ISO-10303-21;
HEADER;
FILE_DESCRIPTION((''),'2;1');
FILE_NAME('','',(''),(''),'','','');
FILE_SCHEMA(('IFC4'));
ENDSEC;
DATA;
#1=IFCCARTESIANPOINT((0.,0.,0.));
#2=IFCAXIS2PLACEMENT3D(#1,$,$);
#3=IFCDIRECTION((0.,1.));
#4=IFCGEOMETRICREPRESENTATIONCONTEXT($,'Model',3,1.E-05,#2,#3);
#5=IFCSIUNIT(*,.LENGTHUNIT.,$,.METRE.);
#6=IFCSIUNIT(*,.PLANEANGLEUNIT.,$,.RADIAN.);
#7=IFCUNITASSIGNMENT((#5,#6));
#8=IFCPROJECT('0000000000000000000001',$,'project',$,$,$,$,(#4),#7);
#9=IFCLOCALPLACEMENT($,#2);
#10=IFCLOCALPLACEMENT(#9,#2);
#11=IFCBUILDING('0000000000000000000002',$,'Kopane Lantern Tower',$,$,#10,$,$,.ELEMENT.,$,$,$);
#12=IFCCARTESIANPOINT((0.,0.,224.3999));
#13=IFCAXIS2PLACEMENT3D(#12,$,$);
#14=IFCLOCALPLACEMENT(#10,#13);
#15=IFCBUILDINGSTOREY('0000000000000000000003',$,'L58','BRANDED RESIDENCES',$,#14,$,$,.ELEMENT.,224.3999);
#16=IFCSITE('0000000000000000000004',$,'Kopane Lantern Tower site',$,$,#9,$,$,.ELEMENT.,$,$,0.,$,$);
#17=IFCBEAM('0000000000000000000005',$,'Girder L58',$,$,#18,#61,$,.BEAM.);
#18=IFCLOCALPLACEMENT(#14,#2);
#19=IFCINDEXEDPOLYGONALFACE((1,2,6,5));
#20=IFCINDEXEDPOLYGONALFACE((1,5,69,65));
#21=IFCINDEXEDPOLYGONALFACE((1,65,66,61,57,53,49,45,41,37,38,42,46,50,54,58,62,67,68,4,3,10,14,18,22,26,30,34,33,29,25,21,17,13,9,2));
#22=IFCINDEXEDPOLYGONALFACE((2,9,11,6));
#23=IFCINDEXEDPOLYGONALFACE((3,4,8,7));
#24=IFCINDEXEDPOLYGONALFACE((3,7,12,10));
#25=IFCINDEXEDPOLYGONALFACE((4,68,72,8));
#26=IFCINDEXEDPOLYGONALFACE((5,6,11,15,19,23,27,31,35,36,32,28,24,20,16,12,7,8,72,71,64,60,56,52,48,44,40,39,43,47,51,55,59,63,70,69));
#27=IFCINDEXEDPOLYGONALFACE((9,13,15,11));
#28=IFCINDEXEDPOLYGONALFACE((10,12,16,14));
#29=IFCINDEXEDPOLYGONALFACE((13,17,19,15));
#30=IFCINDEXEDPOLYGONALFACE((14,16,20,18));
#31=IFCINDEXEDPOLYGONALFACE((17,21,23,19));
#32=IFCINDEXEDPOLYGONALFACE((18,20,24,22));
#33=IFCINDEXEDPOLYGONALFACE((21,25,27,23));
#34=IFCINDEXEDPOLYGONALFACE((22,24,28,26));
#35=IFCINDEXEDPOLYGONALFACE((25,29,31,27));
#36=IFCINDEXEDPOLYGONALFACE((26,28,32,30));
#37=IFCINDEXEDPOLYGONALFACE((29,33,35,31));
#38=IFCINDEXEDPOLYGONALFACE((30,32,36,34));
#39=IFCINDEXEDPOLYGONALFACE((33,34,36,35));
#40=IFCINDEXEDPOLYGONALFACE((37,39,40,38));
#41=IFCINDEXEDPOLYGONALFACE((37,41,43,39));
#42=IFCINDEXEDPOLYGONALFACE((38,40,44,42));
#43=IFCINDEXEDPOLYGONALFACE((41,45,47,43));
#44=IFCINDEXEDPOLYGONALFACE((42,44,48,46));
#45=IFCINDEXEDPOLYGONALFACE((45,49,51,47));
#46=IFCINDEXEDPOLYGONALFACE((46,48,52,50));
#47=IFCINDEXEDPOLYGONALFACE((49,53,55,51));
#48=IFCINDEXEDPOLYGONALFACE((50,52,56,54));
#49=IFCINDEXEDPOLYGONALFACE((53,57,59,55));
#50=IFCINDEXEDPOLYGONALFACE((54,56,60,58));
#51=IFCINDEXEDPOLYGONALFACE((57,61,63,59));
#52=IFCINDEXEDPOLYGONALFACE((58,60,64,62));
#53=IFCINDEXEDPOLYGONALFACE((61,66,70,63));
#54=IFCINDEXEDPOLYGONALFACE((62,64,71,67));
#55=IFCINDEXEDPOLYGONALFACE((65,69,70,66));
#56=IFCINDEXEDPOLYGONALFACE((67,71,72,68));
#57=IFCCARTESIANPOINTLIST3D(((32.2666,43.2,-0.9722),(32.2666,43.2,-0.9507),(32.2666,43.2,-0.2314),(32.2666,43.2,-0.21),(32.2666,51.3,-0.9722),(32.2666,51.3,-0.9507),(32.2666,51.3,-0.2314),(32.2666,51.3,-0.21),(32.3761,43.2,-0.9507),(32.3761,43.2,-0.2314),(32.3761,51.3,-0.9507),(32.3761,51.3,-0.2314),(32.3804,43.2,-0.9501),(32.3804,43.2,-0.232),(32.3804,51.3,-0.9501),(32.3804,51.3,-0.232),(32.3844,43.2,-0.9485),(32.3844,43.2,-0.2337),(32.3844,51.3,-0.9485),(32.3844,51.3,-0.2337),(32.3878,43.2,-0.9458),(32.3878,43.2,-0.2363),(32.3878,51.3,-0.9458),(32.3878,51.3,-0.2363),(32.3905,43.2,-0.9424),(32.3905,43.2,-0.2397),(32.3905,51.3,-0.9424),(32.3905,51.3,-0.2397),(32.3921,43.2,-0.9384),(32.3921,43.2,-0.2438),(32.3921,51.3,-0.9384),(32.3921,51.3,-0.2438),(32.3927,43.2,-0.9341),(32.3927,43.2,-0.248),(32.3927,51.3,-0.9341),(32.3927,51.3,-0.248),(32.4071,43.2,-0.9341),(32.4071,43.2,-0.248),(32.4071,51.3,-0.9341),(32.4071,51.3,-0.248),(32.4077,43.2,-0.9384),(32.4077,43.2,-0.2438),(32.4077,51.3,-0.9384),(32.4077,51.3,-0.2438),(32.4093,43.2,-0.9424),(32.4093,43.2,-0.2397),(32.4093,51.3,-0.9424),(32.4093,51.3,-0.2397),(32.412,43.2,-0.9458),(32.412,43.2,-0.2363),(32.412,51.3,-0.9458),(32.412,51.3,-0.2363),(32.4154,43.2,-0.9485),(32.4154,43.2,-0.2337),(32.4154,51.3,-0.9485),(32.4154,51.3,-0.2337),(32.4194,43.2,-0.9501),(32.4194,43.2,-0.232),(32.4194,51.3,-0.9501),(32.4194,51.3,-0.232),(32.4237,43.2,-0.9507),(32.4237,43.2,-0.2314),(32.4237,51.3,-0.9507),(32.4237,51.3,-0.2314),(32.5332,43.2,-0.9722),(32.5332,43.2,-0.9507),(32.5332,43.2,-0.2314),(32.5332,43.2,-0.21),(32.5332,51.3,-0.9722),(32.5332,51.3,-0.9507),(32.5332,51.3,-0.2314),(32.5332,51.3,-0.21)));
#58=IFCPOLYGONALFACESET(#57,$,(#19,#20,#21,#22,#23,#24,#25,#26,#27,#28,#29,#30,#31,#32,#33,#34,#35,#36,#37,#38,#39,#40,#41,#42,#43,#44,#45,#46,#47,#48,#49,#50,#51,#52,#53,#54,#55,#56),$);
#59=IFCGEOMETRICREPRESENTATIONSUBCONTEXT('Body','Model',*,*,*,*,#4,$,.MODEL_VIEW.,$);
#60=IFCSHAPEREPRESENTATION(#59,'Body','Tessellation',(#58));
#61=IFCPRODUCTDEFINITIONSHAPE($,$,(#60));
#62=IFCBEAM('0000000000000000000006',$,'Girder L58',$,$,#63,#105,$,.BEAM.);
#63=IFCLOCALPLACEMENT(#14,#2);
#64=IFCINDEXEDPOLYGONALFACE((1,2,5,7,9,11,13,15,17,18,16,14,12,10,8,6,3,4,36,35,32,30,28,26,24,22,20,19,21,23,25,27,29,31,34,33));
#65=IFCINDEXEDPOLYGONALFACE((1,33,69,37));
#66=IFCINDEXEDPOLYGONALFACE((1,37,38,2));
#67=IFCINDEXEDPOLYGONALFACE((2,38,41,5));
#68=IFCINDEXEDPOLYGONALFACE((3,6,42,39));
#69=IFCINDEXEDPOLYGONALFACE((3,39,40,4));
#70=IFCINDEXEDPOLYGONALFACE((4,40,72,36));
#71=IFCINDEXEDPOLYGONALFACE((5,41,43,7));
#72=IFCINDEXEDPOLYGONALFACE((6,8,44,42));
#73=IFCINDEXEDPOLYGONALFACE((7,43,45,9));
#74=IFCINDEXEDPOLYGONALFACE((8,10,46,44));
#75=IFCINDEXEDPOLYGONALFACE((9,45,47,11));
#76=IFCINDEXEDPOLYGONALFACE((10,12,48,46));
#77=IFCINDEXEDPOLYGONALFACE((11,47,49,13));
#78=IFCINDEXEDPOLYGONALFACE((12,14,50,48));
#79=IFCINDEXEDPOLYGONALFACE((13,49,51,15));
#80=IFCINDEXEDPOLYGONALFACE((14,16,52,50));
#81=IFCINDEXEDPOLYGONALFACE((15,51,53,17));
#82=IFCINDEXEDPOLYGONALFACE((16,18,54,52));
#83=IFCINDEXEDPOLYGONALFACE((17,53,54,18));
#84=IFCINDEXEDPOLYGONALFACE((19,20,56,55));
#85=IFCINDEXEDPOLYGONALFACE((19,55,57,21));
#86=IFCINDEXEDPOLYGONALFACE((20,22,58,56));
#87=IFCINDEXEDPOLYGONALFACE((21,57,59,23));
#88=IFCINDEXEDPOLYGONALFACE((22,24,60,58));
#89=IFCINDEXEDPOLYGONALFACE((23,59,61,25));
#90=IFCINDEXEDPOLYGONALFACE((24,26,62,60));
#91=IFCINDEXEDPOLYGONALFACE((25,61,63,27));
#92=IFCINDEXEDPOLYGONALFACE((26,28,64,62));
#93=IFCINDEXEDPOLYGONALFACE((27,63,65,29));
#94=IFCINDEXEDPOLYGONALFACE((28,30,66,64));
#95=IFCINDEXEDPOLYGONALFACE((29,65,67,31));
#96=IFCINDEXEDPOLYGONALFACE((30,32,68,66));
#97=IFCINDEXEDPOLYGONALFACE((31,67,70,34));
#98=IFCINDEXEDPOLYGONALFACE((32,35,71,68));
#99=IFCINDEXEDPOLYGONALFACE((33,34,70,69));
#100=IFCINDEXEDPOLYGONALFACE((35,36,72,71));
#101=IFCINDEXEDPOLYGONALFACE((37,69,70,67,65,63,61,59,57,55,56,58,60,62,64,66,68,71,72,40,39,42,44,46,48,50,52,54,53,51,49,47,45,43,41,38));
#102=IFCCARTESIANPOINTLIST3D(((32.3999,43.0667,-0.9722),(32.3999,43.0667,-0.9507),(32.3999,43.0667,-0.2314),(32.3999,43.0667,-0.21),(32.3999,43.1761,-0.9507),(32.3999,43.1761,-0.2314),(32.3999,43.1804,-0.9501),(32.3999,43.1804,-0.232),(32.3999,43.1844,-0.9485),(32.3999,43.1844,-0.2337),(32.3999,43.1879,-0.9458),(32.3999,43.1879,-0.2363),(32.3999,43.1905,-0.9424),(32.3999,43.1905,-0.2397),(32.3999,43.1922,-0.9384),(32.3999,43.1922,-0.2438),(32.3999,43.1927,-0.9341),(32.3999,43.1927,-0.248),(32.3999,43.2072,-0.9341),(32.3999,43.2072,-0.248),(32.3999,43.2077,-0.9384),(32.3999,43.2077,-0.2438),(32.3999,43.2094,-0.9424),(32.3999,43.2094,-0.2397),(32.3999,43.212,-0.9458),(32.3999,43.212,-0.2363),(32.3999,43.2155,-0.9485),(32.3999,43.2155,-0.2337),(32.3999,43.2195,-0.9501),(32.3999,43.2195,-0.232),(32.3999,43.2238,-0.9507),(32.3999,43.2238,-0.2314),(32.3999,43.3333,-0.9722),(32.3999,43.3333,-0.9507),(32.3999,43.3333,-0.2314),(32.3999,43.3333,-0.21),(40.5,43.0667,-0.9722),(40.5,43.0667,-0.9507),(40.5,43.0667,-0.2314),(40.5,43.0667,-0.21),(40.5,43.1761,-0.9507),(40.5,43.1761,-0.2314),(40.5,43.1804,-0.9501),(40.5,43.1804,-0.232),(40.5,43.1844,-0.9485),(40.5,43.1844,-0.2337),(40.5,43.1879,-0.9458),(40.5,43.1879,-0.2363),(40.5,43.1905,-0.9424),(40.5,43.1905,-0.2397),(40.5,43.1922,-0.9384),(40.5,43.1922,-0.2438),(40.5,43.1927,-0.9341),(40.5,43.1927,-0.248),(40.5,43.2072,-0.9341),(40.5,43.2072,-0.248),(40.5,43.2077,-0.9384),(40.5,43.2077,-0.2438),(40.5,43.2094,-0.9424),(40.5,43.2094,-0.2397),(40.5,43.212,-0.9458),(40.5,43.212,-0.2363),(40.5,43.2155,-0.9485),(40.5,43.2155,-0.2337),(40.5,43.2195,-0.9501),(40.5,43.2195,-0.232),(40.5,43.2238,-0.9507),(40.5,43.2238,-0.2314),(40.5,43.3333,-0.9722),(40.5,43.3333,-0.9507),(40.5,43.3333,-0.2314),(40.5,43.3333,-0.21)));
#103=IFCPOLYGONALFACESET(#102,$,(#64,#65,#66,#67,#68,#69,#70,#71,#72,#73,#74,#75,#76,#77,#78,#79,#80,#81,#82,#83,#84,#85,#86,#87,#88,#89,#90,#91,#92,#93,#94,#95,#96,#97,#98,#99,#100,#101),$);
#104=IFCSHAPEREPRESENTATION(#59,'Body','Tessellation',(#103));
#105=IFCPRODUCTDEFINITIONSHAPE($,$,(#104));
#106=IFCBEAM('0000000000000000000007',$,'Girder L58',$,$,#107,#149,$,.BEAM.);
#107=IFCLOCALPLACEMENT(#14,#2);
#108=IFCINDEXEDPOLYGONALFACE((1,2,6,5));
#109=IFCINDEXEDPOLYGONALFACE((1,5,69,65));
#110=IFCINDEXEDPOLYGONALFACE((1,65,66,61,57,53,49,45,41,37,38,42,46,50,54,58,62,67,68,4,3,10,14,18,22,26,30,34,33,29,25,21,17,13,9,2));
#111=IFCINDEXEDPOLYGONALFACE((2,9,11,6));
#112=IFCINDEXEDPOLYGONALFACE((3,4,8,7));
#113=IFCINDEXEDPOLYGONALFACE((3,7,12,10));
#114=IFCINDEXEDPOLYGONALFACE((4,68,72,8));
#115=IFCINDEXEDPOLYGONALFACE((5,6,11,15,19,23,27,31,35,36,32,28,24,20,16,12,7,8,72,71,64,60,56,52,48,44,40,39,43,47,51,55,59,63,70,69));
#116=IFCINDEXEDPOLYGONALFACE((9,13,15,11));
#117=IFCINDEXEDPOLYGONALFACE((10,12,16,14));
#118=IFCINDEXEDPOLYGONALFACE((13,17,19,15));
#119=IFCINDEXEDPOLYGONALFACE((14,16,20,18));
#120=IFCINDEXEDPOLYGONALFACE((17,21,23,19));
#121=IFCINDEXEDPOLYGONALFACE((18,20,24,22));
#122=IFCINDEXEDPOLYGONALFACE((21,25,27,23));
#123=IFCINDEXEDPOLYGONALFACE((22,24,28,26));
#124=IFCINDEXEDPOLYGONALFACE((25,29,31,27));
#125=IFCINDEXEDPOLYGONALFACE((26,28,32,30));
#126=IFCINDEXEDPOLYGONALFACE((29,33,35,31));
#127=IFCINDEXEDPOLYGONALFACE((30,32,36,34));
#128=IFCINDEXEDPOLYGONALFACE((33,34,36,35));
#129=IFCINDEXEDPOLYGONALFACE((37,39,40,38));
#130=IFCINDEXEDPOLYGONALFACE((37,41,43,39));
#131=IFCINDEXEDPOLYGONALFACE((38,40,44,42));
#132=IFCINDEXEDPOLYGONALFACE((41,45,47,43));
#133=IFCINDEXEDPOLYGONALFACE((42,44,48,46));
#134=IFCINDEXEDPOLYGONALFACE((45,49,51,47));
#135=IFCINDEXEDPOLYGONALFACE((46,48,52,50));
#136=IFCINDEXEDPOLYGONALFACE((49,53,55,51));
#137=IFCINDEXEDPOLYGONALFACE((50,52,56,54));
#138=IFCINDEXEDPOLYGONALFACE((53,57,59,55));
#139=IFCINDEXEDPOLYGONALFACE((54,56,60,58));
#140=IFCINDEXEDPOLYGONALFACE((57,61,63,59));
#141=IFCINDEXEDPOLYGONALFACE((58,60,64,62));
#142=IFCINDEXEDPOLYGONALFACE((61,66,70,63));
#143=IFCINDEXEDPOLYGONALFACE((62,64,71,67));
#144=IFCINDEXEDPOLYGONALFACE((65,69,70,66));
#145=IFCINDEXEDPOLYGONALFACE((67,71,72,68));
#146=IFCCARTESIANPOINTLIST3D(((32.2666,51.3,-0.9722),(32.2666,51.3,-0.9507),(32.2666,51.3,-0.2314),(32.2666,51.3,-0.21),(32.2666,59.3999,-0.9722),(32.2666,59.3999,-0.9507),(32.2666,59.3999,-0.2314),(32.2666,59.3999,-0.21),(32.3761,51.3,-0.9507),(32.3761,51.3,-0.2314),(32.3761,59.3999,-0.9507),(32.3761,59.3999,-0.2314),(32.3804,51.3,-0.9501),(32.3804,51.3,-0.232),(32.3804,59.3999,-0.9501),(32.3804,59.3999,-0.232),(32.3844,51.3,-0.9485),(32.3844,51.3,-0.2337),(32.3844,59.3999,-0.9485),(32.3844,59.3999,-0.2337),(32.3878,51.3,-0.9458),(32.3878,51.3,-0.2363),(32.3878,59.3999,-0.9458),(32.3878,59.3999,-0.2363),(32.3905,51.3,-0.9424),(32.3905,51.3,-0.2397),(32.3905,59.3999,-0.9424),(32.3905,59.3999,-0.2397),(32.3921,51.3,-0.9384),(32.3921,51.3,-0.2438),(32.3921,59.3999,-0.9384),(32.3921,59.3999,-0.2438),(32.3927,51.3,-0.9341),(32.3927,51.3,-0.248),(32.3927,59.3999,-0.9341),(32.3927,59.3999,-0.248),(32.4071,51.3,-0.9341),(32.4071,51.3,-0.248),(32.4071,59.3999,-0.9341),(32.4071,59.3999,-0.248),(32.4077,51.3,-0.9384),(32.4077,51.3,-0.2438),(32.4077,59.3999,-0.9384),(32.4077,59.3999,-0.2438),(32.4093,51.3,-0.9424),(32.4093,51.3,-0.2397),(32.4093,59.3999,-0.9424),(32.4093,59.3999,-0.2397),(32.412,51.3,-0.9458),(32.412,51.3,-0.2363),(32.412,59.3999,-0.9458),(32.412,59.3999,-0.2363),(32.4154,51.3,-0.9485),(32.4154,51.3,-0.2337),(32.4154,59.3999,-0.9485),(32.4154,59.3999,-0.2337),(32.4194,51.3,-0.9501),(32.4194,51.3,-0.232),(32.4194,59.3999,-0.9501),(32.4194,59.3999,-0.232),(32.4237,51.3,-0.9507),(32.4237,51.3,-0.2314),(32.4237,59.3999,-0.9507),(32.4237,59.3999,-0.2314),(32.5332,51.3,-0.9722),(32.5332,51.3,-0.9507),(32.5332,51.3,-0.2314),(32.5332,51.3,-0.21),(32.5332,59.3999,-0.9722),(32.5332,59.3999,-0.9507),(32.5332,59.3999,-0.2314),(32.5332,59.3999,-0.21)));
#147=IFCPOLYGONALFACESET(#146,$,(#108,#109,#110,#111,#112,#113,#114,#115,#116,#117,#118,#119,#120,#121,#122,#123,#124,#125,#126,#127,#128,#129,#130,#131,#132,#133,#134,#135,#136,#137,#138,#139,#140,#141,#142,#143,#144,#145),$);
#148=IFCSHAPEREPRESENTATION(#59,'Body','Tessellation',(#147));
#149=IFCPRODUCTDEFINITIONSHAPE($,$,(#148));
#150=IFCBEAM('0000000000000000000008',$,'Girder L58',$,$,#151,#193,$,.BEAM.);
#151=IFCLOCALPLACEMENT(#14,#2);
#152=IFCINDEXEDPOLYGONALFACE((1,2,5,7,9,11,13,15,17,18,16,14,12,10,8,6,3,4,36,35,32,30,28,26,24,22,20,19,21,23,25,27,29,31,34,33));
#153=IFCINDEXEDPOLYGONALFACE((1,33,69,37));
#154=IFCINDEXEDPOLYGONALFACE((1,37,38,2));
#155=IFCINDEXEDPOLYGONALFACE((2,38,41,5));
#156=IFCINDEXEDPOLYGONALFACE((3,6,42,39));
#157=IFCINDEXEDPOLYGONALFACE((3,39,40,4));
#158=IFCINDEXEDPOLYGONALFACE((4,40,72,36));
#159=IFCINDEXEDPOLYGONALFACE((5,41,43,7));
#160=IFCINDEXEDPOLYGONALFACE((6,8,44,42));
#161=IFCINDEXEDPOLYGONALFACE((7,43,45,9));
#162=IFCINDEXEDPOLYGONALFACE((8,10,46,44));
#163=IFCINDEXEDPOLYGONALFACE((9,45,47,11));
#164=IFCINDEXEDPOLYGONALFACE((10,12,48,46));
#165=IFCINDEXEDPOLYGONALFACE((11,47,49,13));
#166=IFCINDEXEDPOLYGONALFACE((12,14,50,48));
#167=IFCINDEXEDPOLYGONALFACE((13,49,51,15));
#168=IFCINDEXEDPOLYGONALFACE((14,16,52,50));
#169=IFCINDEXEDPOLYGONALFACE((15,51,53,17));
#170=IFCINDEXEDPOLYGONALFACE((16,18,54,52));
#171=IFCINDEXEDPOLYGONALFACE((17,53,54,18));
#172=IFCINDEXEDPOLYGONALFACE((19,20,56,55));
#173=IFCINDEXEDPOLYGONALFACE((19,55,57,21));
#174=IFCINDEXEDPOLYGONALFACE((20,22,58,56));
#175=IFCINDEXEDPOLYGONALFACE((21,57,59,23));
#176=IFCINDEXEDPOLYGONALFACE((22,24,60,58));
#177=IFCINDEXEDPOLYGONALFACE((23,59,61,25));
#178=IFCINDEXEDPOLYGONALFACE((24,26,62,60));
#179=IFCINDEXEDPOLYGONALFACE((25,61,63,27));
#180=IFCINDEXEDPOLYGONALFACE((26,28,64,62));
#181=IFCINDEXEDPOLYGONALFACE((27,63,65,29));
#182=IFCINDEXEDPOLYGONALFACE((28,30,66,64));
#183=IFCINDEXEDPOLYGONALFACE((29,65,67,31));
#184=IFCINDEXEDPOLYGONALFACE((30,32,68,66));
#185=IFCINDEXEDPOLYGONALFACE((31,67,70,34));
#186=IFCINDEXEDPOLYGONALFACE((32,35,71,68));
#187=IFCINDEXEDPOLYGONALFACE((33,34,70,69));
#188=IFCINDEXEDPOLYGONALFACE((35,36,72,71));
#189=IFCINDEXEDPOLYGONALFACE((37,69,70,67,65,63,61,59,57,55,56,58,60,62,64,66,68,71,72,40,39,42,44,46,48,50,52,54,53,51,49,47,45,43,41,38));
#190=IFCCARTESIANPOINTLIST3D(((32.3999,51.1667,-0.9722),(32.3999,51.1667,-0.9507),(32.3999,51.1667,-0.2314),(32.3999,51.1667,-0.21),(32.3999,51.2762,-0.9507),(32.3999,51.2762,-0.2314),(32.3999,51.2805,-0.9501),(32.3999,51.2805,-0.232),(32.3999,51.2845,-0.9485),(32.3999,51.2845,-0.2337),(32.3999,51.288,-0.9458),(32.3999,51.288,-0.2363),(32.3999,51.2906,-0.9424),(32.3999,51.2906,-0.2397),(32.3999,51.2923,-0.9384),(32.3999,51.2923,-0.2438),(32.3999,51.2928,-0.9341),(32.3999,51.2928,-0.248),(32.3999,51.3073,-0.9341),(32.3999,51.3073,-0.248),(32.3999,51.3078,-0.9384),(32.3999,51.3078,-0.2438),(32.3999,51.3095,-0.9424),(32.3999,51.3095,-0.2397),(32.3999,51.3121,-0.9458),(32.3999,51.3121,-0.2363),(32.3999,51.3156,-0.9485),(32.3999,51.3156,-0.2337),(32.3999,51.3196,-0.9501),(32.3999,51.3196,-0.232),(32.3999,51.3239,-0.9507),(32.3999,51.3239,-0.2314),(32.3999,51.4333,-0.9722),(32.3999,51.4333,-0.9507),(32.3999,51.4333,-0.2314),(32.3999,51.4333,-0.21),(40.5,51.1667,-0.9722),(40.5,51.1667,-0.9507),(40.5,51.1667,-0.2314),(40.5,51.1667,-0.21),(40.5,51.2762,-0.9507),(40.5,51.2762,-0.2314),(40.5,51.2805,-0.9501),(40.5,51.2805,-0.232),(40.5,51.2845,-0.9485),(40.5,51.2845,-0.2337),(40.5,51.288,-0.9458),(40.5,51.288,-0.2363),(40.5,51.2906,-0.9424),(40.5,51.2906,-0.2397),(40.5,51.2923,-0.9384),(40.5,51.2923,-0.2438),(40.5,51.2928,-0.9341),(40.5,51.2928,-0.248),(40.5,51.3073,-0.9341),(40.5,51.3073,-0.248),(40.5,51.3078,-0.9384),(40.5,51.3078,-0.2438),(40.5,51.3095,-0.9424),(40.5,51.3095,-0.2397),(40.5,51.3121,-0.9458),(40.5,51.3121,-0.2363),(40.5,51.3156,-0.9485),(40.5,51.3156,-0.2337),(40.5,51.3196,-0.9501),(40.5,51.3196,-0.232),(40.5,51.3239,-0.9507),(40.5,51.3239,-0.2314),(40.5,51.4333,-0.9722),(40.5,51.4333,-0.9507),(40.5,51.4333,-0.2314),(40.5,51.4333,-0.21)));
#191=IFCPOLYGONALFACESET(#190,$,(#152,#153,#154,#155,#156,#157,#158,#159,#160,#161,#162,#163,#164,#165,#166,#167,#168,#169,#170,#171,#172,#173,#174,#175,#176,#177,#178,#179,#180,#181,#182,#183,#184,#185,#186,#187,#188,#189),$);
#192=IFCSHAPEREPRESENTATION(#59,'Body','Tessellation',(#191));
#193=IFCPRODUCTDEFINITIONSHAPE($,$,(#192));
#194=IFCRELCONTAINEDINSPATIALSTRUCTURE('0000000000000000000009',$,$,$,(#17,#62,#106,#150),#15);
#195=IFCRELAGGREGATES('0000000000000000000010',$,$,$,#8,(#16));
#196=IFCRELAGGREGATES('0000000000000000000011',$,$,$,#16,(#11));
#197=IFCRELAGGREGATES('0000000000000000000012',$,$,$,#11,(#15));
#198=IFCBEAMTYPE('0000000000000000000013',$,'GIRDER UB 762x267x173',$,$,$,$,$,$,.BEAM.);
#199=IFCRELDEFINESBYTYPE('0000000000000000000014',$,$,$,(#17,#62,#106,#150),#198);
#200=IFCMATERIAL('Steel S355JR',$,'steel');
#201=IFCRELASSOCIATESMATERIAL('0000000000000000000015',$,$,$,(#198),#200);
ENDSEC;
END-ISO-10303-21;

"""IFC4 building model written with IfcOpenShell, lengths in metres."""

from ifc_helpers import new_model, si_unit, direction, frame, origin, origin_2d, place, context, subcontext, project, spatial, i_section, extrude, material, material_profile, profile_set, type_object, element, save


model = new_model("IFC4")

# Units and contexts
model_context = context("Model", 3, precision=1e-05, world=origin(), true_north=direction((0.0, 1.0)))
body_context = subcontext(model_context, "Body", "Model", "MODEL_VIEW")
ifc_project = project(units=[si_unit("LENGTHUNIT", "METRE"), si_unit("PLANEANGLEUNIT", "RADIAN")], contexts=[model_context])

# Site, building, storey
site_placement = place(None, origin())
site = spatial("IfcSite", under=ifc_project, at=site_placement, Name="Kopane Lantern Tower site", CompositionType="ELEMENT", RefElevation=0.0)
building_placement = place(site_placement, origin())
building = spatial("IfcBuilding", under=site, at=building_placement, Name="Kopane Lantern Tower", CompositionType="ELEMENT")
storey_placement = place(building_placement, frame((0.0, 0.0, 224.3999)))
storey = spatial("IfcBuildingStorey", under=building, at=storey_placement, Name="L58", Description="BRANDED RESIDENCES", CompositionType="ELEMENT", Elevation=224.3999)

# Beams
ifc_material_1 = material(Name="Steel S355JR", Category="steel")
ifc_material_profile_1 = material_profile(ifc_material_1, i_section(OverallWidth=0.2666, OverallDepth=0.7622, WebThickness=0.0144, FlangeThickness=0.0215, FilletRadius=0.0166, at=origin_2d()), Name="UB 762x267x173")
ifc_profile_set_1 = profile_set([ifc_material_profile_1], Name="Steel S355JR")
beam_type_1 = type_object("IfcBeamType", Name="GIRDER UB 762x267x173", PredefinedType="BEAM", material=ifc_profile_set_1)
for number, where, z_axis, x_axis, name in (
    (1, (32.3999, 43.2, -0.5911), (0.0, 1.0, 0.0), (-1.0, 0.0, 0.0), "Girder L58"),
    (2, (32.3999, 43.2, -0.5911), (1.0, 0.0, 0.0), (0.0, 1.0, 0.0), "Girder L58"),
):
    element("IfcBeam", number, at=place(storey_placement, frame(where, z_axis=z_axis, x_axis=x_axis)), inside=storey, type_object=beam_type_1, Name=name, PredefinedType="BEAM", context=body_context, shape_type="SweptSolid", body=[
        extrude(i_section(OverallWidth=0.2666, OverallDepth=0.7622, WebThickness=0.0144, FlangeThickness=0.0215, FilletRadius=0.0166, at=origin_2d()), origin(), (0.0, 0.0, 1.0), 8.1001),
    ])
beam_1_placement = place(storey_placement, frame((32.3999, 51.3, -0.5911), z_axis=(0.0, 1.0, 0.0), x_axis=(-1.0, 0.0, 0.0)))
element("IfcBeam", 3, at=beam_1_placement, inside=storey, type_object=beam_type_1, Name="Girder L58", PredefinedType="BEAM", context=body_context, shape_type="SweptSolid", body=[
    extrude(i_section(OverallWidth=0.2666, OverallDepth=0.7622, WebThickness=0.0144, FlangeThickness=0.0215, FilletRadius=0.0166, at=origin_2d()), origin(), (0.0, 0.0, 1.0), 8.0999),
])
for number, where, z_axis, x_axis, name in (
    (4, (32.3999, 51.3, -0.5911), (1.0, 0.0, 0.0), (0.0, 1.0, 0.0), "Girder L58"),
):
    element("IfcBeam", number, at=place(storey_placement, frame(where, z_axis=z_axis, x_axis=x_axis)), inside=storey, type_object=beam_type_1, Name=name, PredefinedType="BEAM", context=body_context, shape_type="SweptSolid", body=[
        extrude(i_section(OverallWidth=0.2666, OverallDepth=0.7622, WebThickness=0.0144, FlangeThickness=0.0215, FilletRadius=0.0166, at=origin_2d()), origin(), (0.0, 0.0, 1.0), 8.1001),
    ])

save(model, "model.ifc")
